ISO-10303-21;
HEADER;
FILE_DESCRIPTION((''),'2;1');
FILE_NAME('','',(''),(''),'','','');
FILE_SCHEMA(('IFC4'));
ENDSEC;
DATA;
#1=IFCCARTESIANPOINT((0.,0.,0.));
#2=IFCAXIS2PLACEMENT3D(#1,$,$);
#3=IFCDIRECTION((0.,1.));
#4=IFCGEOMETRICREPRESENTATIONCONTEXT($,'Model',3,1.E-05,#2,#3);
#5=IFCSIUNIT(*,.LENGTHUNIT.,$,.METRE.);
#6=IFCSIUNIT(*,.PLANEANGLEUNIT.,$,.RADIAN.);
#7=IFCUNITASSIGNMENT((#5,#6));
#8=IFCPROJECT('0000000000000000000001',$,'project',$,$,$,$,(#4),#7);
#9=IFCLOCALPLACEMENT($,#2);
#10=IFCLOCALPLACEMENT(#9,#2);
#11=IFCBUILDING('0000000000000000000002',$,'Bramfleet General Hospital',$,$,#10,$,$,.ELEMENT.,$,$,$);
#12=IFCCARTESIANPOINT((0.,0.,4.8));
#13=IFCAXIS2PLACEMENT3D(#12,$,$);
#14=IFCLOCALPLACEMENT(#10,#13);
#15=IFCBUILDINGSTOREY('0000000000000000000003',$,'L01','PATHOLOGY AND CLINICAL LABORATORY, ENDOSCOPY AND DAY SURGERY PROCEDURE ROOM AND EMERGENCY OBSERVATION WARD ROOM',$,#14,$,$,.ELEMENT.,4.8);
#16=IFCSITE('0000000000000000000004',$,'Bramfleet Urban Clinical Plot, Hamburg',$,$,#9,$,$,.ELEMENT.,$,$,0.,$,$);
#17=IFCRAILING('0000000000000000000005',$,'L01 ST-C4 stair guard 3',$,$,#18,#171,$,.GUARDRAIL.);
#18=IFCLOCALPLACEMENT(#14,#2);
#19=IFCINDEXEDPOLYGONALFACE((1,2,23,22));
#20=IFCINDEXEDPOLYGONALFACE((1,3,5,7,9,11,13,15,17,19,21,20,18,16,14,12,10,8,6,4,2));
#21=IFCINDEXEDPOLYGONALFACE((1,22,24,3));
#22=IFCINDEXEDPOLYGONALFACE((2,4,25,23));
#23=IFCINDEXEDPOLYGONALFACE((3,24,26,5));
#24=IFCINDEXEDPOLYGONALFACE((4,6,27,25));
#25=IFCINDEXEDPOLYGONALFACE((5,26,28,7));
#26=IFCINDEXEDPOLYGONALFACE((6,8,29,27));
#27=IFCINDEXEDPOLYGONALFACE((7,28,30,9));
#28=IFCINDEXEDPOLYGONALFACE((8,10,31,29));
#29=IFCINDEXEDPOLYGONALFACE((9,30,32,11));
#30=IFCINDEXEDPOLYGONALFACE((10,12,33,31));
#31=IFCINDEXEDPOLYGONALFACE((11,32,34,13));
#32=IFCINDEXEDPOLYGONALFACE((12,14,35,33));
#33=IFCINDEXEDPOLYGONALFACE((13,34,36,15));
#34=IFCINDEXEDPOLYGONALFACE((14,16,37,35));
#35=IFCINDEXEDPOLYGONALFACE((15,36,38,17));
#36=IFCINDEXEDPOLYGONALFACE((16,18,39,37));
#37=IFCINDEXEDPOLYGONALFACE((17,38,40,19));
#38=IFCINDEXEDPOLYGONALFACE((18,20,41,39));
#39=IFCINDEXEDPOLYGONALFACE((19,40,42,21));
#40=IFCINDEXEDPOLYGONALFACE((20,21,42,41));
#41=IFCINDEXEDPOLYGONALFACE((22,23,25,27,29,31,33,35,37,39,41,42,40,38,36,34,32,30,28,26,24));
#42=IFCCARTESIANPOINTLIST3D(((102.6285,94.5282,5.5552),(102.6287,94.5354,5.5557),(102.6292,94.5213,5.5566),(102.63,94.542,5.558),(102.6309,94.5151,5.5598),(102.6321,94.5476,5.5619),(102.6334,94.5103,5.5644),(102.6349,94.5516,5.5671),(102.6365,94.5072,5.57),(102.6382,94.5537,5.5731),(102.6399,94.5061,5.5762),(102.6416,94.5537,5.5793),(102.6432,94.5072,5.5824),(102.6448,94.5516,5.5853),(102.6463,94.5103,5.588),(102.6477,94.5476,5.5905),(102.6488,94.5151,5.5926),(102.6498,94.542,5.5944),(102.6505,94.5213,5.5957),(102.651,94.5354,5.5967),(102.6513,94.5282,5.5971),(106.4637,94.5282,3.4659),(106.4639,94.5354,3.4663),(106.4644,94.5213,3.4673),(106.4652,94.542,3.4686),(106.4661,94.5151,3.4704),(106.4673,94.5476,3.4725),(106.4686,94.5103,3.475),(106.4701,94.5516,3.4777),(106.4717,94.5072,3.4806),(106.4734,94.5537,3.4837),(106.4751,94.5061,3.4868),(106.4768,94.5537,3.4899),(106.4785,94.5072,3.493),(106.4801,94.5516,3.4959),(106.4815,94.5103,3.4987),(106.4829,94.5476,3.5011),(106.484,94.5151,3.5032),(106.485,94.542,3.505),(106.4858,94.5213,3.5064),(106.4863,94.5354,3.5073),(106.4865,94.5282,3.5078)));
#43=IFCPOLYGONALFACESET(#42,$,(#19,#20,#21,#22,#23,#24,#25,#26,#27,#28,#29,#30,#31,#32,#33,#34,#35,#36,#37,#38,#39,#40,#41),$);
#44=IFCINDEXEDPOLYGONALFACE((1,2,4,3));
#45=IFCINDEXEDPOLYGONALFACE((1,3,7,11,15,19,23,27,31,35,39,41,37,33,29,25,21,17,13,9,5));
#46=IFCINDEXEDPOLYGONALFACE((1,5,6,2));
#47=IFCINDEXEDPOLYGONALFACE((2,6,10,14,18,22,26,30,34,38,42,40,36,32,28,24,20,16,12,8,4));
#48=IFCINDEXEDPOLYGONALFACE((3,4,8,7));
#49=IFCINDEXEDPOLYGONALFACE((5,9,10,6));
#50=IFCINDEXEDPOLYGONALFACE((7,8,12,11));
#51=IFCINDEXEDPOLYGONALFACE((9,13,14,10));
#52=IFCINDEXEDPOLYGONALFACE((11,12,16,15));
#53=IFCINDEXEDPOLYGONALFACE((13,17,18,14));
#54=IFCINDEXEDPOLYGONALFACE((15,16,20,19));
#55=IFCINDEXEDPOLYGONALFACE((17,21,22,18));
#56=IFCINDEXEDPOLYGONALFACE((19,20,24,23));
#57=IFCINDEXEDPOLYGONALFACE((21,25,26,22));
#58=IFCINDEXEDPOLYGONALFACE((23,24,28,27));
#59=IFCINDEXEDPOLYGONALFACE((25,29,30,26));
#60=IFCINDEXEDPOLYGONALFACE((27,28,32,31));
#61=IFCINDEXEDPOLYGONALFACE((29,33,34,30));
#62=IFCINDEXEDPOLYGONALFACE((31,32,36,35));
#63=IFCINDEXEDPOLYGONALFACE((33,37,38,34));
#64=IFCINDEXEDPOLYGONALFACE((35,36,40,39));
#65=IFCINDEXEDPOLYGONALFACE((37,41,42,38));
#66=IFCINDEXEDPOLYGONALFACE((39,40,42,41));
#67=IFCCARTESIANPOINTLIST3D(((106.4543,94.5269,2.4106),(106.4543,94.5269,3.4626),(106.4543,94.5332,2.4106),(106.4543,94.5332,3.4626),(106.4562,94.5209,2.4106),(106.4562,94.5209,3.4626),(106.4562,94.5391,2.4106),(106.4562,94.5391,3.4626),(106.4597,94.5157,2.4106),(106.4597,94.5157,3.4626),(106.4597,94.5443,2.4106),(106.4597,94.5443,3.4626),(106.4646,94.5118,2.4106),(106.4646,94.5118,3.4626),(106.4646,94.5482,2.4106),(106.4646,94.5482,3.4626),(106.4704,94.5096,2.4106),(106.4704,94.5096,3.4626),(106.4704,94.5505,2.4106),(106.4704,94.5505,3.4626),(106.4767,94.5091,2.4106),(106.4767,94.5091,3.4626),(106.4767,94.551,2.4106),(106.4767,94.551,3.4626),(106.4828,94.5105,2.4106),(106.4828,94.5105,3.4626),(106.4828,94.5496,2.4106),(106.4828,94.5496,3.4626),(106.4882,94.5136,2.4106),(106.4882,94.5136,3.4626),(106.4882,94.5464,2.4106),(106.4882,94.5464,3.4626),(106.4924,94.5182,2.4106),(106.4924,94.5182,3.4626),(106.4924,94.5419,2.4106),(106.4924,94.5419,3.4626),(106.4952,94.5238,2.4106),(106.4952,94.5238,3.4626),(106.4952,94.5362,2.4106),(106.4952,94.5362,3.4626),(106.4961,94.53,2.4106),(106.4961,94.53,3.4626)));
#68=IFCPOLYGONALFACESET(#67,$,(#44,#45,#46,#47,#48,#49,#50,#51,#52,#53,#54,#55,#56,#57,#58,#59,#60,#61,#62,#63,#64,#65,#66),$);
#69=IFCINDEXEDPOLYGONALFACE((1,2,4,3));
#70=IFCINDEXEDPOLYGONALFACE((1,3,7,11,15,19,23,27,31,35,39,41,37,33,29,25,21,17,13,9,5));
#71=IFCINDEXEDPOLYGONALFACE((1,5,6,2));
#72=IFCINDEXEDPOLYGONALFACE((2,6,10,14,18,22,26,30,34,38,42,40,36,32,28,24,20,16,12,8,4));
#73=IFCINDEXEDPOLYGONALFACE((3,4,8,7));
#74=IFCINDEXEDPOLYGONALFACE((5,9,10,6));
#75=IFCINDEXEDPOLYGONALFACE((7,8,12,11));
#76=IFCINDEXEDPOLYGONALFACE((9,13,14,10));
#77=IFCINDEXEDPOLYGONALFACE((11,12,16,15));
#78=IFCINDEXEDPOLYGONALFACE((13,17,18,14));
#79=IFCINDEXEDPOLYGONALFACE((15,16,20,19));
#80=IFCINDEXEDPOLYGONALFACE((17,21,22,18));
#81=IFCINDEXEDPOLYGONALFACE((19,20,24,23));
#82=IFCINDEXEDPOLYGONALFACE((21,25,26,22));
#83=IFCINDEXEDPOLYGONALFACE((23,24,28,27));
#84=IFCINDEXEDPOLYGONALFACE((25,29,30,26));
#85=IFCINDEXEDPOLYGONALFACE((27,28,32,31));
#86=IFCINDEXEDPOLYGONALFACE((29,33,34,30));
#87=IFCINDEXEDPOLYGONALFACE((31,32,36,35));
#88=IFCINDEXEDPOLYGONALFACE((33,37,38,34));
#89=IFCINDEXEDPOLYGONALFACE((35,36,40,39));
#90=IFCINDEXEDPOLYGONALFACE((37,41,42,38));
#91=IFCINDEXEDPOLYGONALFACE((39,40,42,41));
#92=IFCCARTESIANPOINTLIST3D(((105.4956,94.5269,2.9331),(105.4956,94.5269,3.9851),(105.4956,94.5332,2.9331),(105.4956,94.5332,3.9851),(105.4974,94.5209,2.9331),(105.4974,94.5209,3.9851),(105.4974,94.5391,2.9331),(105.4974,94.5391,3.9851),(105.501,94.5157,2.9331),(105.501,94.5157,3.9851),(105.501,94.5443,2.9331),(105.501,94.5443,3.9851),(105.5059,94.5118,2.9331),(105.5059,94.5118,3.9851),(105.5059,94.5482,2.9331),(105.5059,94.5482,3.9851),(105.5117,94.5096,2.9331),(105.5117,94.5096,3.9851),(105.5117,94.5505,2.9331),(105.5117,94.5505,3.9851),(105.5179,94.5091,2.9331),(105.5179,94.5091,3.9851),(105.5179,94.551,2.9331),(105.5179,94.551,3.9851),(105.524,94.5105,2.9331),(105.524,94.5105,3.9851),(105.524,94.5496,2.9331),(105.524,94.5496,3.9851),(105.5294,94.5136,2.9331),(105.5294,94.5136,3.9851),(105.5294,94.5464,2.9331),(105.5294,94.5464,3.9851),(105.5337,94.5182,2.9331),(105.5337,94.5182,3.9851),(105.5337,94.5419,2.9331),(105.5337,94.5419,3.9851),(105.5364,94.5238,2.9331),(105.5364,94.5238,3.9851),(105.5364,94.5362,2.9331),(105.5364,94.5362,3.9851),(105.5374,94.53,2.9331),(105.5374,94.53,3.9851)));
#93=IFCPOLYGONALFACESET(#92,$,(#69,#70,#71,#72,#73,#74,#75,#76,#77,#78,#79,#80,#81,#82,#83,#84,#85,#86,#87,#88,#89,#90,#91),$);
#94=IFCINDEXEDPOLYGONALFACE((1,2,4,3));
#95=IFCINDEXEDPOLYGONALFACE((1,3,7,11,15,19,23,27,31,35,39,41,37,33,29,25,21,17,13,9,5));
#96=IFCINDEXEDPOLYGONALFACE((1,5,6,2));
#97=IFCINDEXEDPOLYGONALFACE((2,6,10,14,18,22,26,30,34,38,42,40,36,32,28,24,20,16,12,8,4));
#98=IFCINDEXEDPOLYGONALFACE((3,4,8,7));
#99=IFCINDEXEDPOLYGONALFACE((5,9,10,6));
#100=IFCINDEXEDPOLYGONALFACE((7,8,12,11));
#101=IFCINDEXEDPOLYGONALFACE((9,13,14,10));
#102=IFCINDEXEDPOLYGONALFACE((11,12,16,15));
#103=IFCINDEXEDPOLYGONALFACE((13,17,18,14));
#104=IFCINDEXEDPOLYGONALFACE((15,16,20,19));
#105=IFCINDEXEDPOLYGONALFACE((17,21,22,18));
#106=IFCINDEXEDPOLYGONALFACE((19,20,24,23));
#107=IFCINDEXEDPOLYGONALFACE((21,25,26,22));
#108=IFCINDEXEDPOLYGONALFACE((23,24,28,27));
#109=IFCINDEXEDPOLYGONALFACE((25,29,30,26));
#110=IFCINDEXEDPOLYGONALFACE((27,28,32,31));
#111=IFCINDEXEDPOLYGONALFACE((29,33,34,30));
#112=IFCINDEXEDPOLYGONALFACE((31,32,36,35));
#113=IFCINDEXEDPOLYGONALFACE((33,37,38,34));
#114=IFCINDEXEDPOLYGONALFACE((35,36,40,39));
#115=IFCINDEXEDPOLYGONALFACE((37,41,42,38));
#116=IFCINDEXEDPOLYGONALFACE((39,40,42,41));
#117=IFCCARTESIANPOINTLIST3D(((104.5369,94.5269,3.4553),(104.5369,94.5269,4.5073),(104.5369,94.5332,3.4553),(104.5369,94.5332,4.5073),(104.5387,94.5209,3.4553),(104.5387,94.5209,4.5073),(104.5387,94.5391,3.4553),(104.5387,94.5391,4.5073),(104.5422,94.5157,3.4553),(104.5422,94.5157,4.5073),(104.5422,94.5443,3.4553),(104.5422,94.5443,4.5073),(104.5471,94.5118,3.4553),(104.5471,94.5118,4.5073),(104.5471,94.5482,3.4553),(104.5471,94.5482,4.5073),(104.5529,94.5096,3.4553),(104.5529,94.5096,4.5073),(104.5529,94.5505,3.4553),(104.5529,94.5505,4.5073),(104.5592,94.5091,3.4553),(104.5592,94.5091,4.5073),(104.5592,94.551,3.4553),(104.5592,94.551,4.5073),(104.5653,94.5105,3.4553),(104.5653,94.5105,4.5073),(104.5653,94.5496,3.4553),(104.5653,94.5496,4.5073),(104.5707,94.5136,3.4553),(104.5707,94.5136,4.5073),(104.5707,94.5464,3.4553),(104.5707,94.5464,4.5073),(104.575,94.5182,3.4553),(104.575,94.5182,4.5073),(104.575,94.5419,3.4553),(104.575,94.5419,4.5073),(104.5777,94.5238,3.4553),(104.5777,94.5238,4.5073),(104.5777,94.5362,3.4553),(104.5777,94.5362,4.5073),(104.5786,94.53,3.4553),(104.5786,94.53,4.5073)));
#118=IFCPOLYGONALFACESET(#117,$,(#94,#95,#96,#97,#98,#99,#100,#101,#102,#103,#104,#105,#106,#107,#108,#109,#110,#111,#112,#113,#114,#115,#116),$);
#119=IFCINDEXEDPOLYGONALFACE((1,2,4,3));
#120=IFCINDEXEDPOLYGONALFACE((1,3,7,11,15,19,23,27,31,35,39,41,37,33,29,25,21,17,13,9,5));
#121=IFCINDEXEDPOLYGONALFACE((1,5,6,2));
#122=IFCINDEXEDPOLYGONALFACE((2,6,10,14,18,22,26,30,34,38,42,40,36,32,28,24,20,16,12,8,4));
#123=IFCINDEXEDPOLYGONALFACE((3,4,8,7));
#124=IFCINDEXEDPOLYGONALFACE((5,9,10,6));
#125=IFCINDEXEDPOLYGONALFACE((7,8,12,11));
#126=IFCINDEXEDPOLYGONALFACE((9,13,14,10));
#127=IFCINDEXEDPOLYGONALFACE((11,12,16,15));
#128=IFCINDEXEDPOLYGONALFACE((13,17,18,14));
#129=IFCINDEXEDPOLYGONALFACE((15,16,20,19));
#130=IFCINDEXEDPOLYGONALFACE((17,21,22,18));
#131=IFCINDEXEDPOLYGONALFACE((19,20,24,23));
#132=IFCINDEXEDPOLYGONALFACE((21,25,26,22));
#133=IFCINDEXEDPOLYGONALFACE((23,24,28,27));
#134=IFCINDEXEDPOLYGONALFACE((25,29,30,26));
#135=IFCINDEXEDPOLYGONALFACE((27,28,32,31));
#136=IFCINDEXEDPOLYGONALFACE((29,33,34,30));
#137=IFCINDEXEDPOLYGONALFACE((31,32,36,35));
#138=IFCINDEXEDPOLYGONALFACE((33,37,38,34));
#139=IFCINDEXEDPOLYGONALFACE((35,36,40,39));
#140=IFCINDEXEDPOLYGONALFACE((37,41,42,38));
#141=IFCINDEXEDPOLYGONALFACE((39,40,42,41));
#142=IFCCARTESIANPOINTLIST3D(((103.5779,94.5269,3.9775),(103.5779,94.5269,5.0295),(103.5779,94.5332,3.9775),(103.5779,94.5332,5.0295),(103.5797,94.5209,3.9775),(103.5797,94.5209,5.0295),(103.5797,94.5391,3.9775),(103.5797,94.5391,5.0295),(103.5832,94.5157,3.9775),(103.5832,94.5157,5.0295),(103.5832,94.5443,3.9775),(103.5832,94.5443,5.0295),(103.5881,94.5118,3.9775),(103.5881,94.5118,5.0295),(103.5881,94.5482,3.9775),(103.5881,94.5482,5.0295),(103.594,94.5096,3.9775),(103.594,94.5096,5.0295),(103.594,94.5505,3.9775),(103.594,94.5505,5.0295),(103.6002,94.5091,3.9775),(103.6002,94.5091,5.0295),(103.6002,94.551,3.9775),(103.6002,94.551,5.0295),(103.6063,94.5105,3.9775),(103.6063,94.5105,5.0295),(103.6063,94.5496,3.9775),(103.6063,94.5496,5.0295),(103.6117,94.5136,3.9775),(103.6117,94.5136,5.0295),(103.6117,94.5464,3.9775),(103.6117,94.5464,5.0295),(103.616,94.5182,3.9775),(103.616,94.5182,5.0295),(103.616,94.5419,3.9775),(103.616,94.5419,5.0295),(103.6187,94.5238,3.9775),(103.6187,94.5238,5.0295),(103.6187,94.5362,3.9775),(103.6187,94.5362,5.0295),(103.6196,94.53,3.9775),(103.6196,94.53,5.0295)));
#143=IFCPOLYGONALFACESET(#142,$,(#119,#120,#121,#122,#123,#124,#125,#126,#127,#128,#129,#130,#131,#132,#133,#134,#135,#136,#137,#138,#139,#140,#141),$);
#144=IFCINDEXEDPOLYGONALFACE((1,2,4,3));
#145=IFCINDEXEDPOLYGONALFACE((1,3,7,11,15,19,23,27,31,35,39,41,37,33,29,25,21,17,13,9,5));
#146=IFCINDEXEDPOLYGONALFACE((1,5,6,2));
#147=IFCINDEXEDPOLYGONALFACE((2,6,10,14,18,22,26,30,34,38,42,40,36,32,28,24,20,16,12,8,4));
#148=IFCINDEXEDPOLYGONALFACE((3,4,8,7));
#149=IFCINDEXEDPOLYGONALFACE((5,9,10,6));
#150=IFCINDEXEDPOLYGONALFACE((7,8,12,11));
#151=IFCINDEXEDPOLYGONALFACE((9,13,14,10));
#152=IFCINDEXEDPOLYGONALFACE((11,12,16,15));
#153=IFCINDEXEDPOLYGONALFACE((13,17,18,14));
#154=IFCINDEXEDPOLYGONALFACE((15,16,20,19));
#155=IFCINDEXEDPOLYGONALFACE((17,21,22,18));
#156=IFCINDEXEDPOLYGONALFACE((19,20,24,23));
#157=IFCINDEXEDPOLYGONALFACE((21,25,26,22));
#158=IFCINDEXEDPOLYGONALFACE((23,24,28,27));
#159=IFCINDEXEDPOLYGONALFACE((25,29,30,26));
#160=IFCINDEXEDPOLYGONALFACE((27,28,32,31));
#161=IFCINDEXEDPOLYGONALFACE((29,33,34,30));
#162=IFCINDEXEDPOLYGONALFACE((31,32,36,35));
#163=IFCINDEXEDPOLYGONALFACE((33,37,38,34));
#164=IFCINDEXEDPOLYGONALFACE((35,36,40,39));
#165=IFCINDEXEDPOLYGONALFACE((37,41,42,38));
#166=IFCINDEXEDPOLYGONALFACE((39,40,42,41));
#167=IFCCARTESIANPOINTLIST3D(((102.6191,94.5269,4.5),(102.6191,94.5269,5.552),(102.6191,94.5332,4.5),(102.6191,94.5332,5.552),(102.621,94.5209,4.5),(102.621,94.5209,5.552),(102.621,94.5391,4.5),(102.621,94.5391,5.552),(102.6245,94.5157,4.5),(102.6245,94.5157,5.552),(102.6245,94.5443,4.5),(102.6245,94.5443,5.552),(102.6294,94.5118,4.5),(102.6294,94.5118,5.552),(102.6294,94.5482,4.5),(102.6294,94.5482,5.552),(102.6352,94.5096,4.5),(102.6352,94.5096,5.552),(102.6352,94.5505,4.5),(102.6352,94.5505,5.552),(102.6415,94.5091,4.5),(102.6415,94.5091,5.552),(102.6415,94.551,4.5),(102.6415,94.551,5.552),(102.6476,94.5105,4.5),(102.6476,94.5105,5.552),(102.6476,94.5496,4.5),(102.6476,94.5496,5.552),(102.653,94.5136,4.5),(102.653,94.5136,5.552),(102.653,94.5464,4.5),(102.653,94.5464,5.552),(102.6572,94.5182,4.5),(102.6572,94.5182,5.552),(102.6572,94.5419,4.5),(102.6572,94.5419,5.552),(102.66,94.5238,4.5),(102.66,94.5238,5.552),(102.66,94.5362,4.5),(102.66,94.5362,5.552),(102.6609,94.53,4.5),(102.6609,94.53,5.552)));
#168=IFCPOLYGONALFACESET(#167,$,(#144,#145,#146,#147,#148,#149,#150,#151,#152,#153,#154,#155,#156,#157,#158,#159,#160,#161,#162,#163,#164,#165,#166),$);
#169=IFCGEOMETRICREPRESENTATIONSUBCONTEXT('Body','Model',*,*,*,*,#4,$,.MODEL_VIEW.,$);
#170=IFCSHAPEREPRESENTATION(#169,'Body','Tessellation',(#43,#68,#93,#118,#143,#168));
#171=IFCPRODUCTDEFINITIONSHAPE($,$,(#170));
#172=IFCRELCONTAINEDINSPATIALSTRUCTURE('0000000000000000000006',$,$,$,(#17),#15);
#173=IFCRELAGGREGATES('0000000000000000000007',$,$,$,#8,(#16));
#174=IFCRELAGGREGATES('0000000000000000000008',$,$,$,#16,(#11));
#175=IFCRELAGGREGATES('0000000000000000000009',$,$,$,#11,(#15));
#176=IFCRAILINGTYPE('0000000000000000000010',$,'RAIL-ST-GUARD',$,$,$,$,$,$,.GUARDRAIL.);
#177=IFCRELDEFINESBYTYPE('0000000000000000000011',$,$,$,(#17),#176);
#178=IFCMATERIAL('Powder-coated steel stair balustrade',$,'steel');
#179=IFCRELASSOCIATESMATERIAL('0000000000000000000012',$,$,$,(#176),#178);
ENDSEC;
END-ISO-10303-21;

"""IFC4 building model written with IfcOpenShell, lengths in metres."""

from ifc_helpers import new_model, si_unit, direction, frame, origin, origin_2d, place, context, subcontext, project, spatial, circle, extrude, material, type_object, element, save


model = new_model("IFC4")

# Units and contexts
model_context = context("Model", 3, precision=1e-05, world=origin(), true_north=direction((0.0, 1.0)))
body_context = subcontext(model_context, "Body", "Model", "MODEL_VIEW")
ifc_project = project(units=[si_unit("LENGTHUNIT", "METRE"), si_unit("PLANEANGLEUNIT", "RADIAN")], contexts=[model_context])

# Site, building, storey
site_placement = place(None, origin())
site = spatial("IfcSite", under=ifc_project, at=site_placement, Name="Bramfleet Urban Clinical Plot, Hamburg", CompositionType="ELEMENT", RefElevation=0.0)
building_placement = place(site_placement, origin())
building = spatial("IfcBuilding", under=site, at=building_placement, Name="Bramfleet General Hospital", CompositionType="ELEMENT")
storey_placement = place(building_placement, frame((0.0, 0.0, 4.8)))
storey = spatial("IfcBuildingStorey", under=building, at=storey_placement, Name="L01", Description="PATHOLOGY AND CLINICAL LABORATORY, ENDOSCOPY AND DAY SURGERY PROCEDURE ROOM AND EMERGENCY OBSERVATION WARD ROOM", CompositionType="ELEMENT", Elevation=4.8)

# Railing
ifc_material_1 = material(Name="Powder-coated steel stair balustrade", Category="steel")
railing_type_1 = type_object("IfcRailingType", Name="RAIL-ST-GUARD", PredefinedType="GUARDRAIL", material=ifc_material_1)
railing_1_placement = place(storey_placement, frame((106.4751, 94.53, 2.4106)))
element("IfcRailing", 1, at=railing_1_placement, inside=storey, type_object=railing_type_1, Name="L01 ST-C4 stair guard 3", PredefinedType="GUARDRAIL", context=body_context, shape_type="SweptSolid", body=[
    extrude(circle(Radius=0.0239, at=origin_2d()), frame((0.0, 0.0, 1.0762), z_axis=(-0.878143, 0.0, 0.478398), x_axis=(0.0, -1.0, 0.0)), (0.0, 0.0, 1.0), 4.3674),
    extrude(circle(Radius=0.021, at=origin_2d()), origin(), (0.0, 0.0, 1.0), 1.052),
    extrude(circle(Radius=0.021, at=origin_2d()), frame((-0.9587, 0.0, 0.5225)), (0.0, 0.0, 1.0), 1.052),
    extrude(circle(Radius=0.021, at=origin_2d()), frame((-1.9175, 0.0, 1.0447)), (0.0, 0.0, 1.0), 1.052),
    extrude(circle(Radius=0.021, at=origin_2d()), frame((-2.8765, 0.0, 1.5669)), (0.0, 0.0, 1.0), 1.052),
    extrude(circle(Radius=0.021, at=origin_2d()), frame((-3.8352, 0.0, 2.0894)), (0.0, 0.0, 1.0), 1.052),
])

save(model, "model.ifc")
